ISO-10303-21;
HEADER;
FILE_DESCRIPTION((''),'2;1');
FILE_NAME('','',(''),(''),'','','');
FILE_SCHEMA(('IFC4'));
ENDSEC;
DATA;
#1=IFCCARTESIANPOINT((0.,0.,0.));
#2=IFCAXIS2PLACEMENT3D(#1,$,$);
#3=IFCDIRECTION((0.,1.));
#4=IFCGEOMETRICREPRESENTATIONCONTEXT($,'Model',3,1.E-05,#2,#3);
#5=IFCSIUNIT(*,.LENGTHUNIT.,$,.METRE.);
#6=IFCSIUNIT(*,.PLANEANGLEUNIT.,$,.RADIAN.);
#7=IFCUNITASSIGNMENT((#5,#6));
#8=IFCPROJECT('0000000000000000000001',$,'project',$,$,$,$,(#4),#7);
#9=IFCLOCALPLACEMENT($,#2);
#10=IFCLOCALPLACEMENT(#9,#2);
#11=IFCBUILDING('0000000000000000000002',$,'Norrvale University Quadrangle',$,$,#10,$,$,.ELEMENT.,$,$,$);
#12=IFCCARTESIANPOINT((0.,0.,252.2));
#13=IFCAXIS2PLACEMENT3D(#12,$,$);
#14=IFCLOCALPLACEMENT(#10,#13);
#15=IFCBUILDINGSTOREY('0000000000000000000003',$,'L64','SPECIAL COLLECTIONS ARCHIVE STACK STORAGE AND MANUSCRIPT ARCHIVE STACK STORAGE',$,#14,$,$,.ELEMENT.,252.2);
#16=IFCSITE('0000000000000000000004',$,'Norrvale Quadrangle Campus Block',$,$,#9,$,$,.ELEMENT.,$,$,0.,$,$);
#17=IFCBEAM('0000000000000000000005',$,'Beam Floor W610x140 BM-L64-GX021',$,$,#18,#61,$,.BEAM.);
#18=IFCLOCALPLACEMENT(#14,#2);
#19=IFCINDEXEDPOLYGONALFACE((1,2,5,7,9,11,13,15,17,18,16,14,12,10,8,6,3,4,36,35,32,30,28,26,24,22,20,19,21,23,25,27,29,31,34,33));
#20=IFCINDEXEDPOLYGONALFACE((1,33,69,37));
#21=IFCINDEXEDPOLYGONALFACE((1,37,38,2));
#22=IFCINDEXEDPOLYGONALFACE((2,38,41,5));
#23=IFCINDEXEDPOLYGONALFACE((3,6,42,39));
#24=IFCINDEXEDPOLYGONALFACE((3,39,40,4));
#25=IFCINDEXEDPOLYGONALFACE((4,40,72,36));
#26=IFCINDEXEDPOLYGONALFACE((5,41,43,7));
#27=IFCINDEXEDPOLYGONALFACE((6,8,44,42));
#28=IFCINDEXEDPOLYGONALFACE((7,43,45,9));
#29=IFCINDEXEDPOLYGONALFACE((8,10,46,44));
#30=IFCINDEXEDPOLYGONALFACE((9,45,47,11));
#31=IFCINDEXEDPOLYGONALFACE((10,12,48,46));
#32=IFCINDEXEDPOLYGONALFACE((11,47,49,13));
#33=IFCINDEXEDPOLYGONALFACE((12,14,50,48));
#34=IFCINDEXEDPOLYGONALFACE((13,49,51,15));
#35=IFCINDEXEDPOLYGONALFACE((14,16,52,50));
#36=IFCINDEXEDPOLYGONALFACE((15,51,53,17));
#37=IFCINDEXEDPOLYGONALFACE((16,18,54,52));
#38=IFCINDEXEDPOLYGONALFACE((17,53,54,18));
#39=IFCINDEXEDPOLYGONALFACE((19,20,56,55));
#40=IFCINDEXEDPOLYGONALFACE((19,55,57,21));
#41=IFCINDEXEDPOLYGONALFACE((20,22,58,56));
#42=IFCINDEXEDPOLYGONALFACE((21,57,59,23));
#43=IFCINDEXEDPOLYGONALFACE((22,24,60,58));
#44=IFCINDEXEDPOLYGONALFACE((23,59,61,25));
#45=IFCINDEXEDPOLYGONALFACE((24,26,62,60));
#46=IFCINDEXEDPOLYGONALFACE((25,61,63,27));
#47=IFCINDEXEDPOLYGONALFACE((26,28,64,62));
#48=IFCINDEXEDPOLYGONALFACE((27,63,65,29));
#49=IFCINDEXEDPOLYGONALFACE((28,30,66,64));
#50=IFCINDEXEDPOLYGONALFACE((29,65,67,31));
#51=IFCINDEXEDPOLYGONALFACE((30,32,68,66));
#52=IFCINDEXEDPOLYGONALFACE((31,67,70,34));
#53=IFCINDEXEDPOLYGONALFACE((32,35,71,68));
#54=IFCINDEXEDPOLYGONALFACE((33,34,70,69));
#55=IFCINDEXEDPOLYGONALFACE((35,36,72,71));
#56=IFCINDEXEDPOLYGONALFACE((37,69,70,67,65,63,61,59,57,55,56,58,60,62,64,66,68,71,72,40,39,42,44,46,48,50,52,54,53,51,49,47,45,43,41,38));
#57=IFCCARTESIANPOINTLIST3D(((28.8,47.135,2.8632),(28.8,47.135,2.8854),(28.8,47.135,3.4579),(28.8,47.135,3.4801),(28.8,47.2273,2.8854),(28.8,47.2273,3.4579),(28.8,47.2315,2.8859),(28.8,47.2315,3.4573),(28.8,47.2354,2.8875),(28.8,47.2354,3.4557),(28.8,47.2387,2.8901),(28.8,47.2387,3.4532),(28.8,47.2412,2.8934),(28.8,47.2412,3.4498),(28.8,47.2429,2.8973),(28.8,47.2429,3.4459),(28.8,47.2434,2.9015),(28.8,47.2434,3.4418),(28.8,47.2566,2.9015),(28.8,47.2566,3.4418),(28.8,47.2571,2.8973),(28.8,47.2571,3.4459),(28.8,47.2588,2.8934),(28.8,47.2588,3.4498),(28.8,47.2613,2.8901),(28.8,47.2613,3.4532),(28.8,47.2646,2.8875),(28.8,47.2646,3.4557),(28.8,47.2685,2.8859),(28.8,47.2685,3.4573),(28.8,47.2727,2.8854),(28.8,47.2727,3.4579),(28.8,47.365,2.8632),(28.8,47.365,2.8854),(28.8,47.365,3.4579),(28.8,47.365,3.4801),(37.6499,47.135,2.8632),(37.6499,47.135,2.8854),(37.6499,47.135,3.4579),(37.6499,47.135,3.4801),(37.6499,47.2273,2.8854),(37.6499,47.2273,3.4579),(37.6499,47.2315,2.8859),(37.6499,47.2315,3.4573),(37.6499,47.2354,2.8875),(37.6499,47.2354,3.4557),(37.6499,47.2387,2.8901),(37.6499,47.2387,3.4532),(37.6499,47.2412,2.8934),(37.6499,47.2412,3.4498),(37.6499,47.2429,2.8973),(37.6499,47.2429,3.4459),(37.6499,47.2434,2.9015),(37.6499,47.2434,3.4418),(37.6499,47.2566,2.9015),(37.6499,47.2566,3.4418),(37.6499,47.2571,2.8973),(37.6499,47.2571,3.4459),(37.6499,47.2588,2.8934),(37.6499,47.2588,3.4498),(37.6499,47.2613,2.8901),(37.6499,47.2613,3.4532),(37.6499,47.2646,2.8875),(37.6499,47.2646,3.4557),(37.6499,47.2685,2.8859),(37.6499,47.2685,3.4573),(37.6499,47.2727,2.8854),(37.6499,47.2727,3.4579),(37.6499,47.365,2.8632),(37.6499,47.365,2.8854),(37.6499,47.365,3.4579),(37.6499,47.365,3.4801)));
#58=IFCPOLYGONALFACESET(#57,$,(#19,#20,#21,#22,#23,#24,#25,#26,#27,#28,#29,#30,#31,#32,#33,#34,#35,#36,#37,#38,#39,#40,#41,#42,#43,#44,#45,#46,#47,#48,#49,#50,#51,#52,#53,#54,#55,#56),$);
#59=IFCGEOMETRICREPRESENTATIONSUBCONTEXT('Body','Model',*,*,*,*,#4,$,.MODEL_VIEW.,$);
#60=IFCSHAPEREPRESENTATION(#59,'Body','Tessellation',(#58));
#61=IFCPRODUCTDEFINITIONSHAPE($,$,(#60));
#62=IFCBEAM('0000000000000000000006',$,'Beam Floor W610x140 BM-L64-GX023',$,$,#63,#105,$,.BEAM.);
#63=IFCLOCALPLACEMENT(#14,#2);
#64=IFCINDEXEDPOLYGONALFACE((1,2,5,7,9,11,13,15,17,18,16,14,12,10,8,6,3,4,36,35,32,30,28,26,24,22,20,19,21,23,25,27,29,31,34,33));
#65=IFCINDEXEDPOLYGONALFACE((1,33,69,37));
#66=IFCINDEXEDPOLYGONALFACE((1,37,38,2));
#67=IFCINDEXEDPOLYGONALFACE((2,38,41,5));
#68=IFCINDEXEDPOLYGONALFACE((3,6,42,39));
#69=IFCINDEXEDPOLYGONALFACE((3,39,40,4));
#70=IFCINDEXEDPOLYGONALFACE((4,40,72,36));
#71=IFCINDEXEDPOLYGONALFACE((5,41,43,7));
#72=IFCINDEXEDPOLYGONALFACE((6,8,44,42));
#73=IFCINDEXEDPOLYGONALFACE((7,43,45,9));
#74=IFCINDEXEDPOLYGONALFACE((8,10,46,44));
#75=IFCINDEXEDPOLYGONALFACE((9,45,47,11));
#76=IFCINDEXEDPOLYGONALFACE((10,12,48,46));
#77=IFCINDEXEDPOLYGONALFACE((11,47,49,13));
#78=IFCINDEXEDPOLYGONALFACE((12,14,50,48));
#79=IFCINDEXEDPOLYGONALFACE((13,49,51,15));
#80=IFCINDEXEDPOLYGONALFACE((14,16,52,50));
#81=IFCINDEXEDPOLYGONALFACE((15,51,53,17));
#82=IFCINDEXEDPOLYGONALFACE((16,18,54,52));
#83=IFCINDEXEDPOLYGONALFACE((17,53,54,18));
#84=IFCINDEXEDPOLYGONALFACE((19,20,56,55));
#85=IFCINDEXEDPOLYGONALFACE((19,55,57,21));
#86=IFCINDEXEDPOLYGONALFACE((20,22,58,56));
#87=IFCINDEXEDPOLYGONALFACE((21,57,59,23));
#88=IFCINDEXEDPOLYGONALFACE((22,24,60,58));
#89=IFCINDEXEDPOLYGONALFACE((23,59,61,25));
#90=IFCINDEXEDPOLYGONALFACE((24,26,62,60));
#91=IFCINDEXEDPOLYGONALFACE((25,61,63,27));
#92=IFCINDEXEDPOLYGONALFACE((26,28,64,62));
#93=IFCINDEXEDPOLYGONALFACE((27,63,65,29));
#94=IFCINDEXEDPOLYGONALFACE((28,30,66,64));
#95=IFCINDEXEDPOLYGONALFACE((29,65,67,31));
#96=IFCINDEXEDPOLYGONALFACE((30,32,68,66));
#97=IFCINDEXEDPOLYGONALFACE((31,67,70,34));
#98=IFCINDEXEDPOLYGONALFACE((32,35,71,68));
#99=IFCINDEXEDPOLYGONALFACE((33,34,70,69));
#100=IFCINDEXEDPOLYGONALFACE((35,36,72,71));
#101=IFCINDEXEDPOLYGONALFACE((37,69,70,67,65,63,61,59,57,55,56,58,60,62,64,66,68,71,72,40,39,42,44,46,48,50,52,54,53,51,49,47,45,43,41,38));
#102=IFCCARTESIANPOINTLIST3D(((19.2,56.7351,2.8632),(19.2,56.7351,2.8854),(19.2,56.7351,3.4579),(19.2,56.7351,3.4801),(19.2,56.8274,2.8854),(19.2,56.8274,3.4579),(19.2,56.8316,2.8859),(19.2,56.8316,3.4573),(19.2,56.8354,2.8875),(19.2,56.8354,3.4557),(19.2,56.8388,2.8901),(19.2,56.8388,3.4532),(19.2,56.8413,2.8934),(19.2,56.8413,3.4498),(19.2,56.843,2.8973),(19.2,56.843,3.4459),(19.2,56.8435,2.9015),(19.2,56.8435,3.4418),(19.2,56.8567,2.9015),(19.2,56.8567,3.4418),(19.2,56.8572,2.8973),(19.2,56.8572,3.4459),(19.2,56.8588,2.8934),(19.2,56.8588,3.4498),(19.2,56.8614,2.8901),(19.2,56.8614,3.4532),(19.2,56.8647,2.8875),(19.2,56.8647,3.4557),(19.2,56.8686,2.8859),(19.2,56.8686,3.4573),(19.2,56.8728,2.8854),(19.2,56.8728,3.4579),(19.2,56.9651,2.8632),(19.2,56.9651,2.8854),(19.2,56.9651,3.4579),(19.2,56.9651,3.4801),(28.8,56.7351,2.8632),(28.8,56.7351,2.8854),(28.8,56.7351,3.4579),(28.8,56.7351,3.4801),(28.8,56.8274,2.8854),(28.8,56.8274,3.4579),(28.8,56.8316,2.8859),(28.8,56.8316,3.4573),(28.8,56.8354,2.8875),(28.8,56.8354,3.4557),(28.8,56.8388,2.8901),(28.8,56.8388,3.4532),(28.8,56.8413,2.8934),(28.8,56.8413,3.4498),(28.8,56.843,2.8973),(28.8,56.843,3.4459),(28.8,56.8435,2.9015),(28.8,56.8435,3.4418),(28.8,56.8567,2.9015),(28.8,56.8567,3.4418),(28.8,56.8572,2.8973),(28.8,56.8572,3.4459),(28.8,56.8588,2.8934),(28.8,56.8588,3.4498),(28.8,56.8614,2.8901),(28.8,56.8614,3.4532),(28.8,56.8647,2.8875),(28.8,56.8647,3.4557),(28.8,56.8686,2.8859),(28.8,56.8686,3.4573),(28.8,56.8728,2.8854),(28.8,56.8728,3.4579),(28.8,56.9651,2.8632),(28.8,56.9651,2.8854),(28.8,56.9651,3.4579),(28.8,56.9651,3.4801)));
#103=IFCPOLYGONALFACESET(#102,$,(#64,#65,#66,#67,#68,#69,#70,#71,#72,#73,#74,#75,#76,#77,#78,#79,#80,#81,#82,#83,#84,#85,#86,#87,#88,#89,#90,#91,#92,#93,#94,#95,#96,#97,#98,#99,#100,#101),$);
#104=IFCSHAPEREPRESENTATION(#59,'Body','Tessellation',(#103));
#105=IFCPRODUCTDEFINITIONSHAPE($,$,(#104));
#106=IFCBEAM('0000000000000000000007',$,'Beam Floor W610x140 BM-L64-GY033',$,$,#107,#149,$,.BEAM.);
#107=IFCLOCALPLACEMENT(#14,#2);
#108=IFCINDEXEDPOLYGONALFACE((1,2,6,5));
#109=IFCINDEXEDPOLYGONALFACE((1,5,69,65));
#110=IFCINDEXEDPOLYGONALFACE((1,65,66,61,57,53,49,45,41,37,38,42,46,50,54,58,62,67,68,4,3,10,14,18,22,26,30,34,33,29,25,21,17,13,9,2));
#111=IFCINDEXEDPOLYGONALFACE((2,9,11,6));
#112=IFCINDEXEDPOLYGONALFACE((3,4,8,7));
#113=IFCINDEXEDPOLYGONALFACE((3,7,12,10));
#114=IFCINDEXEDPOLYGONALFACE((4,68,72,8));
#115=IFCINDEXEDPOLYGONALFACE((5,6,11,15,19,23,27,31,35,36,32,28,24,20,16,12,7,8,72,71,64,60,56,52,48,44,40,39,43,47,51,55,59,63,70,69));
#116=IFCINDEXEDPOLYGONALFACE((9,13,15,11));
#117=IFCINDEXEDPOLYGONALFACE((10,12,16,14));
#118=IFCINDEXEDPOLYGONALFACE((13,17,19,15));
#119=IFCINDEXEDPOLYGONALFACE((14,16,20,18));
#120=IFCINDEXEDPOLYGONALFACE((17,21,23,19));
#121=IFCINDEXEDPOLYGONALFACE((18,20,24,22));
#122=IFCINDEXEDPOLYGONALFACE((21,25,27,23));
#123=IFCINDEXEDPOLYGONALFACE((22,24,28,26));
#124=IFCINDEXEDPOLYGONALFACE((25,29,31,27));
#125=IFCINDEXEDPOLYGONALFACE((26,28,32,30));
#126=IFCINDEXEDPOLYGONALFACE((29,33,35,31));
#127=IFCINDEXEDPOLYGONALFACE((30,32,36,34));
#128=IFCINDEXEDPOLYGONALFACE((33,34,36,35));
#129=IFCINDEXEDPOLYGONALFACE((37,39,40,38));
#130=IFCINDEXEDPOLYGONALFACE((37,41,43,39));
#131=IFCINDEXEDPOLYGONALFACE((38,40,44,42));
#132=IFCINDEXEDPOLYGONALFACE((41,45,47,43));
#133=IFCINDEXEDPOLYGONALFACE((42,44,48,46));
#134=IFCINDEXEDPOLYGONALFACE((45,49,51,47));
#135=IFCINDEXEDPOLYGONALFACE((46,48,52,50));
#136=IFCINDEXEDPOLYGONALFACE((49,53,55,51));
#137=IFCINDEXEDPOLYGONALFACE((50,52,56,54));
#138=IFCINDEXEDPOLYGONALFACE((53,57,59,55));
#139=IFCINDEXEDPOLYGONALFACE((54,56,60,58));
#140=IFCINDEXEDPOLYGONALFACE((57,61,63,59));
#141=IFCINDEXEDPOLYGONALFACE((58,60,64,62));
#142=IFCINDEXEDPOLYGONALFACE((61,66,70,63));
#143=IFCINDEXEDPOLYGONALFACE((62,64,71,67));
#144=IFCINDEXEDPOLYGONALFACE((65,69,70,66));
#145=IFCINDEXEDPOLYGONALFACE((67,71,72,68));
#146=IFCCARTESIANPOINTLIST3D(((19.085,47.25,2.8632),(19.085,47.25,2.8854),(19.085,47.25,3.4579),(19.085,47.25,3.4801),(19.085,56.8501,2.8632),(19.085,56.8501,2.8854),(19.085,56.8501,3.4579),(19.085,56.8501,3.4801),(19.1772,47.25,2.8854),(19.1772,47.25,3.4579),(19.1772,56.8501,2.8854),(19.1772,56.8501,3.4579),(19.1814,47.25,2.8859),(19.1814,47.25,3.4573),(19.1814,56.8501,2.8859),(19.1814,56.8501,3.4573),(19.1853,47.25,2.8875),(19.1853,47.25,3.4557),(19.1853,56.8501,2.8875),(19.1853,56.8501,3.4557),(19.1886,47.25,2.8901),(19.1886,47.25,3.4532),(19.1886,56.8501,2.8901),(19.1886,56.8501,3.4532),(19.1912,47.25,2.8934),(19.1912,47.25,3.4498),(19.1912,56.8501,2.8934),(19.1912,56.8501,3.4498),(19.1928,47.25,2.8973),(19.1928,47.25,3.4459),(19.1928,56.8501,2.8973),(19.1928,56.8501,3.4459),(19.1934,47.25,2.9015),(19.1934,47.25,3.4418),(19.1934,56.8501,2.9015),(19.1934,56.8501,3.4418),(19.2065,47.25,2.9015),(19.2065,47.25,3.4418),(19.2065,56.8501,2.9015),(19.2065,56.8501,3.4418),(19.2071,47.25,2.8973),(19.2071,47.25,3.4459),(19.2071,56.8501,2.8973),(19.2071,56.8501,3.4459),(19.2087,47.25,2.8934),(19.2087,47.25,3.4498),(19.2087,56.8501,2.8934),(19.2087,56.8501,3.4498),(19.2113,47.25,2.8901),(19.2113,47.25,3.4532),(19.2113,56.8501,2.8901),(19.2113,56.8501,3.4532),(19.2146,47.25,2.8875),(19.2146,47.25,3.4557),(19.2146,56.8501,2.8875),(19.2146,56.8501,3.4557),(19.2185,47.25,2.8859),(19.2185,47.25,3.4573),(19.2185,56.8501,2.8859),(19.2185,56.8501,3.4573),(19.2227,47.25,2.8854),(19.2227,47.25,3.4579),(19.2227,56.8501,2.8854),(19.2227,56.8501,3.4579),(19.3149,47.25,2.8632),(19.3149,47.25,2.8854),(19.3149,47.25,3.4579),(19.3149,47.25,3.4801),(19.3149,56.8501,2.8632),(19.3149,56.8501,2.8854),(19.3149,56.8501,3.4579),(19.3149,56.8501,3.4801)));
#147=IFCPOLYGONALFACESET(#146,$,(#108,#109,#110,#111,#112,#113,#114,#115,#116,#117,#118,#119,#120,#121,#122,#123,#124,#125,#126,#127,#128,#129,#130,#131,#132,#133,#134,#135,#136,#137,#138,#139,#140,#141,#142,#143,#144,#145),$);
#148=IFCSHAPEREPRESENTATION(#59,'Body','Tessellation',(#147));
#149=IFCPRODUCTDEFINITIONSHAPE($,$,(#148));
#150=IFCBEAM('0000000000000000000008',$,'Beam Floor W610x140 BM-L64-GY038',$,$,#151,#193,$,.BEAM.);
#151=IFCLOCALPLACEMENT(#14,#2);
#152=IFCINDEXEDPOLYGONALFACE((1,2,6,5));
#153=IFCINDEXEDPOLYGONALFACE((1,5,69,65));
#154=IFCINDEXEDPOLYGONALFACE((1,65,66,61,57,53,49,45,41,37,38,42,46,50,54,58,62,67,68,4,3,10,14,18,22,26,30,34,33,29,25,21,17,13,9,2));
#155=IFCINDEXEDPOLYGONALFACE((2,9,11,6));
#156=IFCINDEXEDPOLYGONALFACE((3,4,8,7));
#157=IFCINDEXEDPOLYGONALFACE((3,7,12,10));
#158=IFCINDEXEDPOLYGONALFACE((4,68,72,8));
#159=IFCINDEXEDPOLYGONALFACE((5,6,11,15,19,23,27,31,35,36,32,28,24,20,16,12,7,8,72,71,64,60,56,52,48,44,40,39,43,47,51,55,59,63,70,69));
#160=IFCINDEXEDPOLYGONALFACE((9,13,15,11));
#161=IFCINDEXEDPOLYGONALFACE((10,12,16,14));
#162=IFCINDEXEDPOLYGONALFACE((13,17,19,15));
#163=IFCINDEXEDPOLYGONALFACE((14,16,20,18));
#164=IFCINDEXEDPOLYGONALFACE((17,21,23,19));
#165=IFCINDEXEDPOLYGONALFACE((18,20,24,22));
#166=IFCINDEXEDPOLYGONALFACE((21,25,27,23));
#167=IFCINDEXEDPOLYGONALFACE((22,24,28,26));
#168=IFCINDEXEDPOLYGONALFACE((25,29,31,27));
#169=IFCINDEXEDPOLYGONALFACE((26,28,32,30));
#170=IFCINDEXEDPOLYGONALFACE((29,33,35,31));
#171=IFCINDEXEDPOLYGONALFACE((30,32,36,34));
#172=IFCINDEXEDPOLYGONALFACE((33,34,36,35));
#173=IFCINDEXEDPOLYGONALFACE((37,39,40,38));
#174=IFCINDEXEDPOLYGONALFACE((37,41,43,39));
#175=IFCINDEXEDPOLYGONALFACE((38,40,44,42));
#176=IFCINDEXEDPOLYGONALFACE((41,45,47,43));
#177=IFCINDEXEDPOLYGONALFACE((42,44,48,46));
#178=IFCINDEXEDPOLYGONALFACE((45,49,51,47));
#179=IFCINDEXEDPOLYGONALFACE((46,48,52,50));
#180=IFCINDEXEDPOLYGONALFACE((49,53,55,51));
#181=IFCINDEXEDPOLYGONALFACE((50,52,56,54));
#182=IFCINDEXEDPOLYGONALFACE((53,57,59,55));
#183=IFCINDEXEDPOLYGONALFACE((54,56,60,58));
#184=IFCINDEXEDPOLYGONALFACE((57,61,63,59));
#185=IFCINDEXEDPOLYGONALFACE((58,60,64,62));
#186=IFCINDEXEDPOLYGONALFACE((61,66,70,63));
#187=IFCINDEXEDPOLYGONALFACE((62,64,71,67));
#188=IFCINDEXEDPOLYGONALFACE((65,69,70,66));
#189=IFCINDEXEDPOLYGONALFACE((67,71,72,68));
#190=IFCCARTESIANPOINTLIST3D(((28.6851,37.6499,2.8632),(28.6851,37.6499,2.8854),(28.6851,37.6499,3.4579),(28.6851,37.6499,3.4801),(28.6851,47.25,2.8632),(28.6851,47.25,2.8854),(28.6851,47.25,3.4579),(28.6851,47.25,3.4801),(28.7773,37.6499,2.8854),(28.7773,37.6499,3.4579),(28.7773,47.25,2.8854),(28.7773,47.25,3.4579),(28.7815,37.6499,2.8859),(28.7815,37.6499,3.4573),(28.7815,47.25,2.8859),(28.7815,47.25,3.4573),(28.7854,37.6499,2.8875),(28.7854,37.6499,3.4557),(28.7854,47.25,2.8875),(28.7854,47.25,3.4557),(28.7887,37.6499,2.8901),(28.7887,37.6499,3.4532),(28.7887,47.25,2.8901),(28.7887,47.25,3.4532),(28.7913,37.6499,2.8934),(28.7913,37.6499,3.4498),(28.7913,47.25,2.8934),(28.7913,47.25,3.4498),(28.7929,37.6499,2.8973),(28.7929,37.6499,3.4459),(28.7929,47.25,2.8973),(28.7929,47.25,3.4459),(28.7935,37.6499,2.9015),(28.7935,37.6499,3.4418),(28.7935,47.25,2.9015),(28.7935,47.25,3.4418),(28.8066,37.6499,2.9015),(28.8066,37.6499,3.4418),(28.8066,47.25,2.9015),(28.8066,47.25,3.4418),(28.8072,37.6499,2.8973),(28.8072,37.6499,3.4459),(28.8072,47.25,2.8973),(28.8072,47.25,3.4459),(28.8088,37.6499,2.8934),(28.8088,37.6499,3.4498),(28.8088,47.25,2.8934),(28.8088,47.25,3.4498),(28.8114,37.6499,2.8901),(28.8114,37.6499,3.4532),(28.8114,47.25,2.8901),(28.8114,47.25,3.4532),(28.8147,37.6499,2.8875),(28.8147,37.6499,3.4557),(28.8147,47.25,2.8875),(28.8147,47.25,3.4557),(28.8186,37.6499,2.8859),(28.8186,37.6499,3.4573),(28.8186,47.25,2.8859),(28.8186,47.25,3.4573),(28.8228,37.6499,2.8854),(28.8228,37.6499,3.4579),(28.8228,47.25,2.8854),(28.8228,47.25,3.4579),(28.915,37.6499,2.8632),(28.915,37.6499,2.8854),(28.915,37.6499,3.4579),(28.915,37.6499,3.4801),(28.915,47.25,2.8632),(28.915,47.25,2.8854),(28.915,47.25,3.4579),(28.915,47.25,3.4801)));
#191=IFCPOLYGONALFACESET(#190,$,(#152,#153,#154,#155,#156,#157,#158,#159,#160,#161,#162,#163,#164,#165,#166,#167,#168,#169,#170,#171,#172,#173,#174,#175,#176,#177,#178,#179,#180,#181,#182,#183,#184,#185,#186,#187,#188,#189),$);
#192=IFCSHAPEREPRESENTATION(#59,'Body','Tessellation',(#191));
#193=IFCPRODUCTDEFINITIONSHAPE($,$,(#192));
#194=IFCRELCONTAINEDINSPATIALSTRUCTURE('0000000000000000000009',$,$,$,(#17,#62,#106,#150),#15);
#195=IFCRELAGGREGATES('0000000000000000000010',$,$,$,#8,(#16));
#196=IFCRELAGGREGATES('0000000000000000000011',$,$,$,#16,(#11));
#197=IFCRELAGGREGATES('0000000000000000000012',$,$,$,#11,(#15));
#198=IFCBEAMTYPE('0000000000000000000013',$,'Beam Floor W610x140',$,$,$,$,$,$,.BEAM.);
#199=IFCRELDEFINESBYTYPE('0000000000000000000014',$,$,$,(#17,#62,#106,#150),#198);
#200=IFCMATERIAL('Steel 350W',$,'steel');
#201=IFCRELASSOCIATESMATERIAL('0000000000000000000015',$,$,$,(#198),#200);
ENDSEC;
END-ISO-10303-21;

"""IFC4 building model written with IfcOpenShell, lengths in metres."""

from ifc_helpers import new_model, si_unit, direction, frame, origin, origin_2d, place, context, subcontext, project, spatial, i_section, extrude, material, material_profile, profile_set, type_object, element, save


model = new_model("IFC4")

# Units and contexts
model_context = context("Model", 3, precision=1e-05, world=origin(), true_north=direction((0.0, 1.0)))
body_context = subcontext(model_context, "Body", "Model", "MODEL_VIEW")
ifc_project = project(units=[si_unit("LENGTHUNIT", "METRE"), si_unit("PLANEANGLEUNIT", "RADIAN")], contexts=[model_context])

# Site, building, storey
site_placement = place(None, origin())
site = spatial("IfcSite", under=ifc_project, at=site_placement, Name="Norrvale Quadrangle Campus Block", CompositionType="ELEMENT", RefElevation=0.0)
building_placement = place(site_placement, origin())
building = spatial("IfcBuilding", under=site, at=building_placement, Name="Norrvale University Quadrangle", CompositionType="ELEMENT")
storey_placement = place(building_placement, frame((0.0, 0.0, 252.2)))
storey = spatial("IfcBuildingStorey", under=building, at=storey_placement, Name="L64", Description="SPECIAL COLLECTIONS ARCHIVE STACK STORAGE AND MANUSCRIPT ARCHIVE STACK STORAGE", CompositionType="ELEMENT", Elevation=252.2)

# Beams
ifc_material_1 = material(Name="Steel 350W", Category="steel")
ifc_material_profile_1 = material_profile(ifc_material_1, i_section(OverallWidth=0.23, OverallDepth=0.6169, WebThickness=0.0132, FlangeThickness=0.0222, FilletRadius=0.0161, at=origin_2d()), Name="Steel 350W")
ifc_profile_set_1 = profile_set([ifc_material_profile_1], Name="Steel 350W")
beam_type_1 = type_object("IfcBeamType", Name="Beam Floor W610x140", PredefinedType="BEAM", material=ifc_profile_set_1)
beam_1_placement = place(storey_placement, frame((28.8, 47.25, 3.1716), z_axis=(1.0, 0.0, 0.0), x_axis=(0.0, 1.0, 0.0)))
element("IfcBeam", 1, at=beam_1_placement, inside=storey, type_object=beam_type_1, Name="Beam Floor W610x140 BM-L64-GX021", PredefinedType="BEAM", context=body_context, shape_type="SweptSolid", body=[
    extrude(i_section(OverallWidth=0.23, OverallDepth=0.6169, WebThickness=0.0132, FlangeThickness=0.0222, FilletRadius=0.0161, at=origin_2d()), origin(), (0.0, 0.0, 1.0), 8.8499),
])
for number, where, z_axis, x_axis, name in (
    (2, (19.2, 56.8501, 3.1716), (1.0, 0.0, 0.0), (0.0, 1.0, 0.0), "Beam Floor W610x140 BM-L64-GX023"),
    (3, (19.2, 47.25, 3.1716), (0.0, 1.0, 0.0), (-1.0, 0.0, 0.0), "Beam Floor W610x140 BM-L64-GY033"),
    (4, (28.8, 37.6499, 3.1716), (0.0, 1.0, 0.0), (-1.0, 0.0, 0.0), "Beam Floor W610x140 BM-L64-GY038"),
):
    element("IfcBeam", number, at=place(storey_placement, frame(where, z_axis=z_axis, x_axis=x_axis)), inside=storey, type_object=beam_type_1, Name=name, PredefinedType="BEAM", context=body_context, shape_type="SweptSolid", body=[
        extrude(i_section(OverallWidth=0.23, OverallDepth=0.6169, WebThickness=0.0132, FlangeThickness=0.0222, FilletRadius=0.0161, at=origin_2d()), origin(), (0.0, 0.0, 1.0), 9.6001),
    ])

save(model, "model.ifc")
